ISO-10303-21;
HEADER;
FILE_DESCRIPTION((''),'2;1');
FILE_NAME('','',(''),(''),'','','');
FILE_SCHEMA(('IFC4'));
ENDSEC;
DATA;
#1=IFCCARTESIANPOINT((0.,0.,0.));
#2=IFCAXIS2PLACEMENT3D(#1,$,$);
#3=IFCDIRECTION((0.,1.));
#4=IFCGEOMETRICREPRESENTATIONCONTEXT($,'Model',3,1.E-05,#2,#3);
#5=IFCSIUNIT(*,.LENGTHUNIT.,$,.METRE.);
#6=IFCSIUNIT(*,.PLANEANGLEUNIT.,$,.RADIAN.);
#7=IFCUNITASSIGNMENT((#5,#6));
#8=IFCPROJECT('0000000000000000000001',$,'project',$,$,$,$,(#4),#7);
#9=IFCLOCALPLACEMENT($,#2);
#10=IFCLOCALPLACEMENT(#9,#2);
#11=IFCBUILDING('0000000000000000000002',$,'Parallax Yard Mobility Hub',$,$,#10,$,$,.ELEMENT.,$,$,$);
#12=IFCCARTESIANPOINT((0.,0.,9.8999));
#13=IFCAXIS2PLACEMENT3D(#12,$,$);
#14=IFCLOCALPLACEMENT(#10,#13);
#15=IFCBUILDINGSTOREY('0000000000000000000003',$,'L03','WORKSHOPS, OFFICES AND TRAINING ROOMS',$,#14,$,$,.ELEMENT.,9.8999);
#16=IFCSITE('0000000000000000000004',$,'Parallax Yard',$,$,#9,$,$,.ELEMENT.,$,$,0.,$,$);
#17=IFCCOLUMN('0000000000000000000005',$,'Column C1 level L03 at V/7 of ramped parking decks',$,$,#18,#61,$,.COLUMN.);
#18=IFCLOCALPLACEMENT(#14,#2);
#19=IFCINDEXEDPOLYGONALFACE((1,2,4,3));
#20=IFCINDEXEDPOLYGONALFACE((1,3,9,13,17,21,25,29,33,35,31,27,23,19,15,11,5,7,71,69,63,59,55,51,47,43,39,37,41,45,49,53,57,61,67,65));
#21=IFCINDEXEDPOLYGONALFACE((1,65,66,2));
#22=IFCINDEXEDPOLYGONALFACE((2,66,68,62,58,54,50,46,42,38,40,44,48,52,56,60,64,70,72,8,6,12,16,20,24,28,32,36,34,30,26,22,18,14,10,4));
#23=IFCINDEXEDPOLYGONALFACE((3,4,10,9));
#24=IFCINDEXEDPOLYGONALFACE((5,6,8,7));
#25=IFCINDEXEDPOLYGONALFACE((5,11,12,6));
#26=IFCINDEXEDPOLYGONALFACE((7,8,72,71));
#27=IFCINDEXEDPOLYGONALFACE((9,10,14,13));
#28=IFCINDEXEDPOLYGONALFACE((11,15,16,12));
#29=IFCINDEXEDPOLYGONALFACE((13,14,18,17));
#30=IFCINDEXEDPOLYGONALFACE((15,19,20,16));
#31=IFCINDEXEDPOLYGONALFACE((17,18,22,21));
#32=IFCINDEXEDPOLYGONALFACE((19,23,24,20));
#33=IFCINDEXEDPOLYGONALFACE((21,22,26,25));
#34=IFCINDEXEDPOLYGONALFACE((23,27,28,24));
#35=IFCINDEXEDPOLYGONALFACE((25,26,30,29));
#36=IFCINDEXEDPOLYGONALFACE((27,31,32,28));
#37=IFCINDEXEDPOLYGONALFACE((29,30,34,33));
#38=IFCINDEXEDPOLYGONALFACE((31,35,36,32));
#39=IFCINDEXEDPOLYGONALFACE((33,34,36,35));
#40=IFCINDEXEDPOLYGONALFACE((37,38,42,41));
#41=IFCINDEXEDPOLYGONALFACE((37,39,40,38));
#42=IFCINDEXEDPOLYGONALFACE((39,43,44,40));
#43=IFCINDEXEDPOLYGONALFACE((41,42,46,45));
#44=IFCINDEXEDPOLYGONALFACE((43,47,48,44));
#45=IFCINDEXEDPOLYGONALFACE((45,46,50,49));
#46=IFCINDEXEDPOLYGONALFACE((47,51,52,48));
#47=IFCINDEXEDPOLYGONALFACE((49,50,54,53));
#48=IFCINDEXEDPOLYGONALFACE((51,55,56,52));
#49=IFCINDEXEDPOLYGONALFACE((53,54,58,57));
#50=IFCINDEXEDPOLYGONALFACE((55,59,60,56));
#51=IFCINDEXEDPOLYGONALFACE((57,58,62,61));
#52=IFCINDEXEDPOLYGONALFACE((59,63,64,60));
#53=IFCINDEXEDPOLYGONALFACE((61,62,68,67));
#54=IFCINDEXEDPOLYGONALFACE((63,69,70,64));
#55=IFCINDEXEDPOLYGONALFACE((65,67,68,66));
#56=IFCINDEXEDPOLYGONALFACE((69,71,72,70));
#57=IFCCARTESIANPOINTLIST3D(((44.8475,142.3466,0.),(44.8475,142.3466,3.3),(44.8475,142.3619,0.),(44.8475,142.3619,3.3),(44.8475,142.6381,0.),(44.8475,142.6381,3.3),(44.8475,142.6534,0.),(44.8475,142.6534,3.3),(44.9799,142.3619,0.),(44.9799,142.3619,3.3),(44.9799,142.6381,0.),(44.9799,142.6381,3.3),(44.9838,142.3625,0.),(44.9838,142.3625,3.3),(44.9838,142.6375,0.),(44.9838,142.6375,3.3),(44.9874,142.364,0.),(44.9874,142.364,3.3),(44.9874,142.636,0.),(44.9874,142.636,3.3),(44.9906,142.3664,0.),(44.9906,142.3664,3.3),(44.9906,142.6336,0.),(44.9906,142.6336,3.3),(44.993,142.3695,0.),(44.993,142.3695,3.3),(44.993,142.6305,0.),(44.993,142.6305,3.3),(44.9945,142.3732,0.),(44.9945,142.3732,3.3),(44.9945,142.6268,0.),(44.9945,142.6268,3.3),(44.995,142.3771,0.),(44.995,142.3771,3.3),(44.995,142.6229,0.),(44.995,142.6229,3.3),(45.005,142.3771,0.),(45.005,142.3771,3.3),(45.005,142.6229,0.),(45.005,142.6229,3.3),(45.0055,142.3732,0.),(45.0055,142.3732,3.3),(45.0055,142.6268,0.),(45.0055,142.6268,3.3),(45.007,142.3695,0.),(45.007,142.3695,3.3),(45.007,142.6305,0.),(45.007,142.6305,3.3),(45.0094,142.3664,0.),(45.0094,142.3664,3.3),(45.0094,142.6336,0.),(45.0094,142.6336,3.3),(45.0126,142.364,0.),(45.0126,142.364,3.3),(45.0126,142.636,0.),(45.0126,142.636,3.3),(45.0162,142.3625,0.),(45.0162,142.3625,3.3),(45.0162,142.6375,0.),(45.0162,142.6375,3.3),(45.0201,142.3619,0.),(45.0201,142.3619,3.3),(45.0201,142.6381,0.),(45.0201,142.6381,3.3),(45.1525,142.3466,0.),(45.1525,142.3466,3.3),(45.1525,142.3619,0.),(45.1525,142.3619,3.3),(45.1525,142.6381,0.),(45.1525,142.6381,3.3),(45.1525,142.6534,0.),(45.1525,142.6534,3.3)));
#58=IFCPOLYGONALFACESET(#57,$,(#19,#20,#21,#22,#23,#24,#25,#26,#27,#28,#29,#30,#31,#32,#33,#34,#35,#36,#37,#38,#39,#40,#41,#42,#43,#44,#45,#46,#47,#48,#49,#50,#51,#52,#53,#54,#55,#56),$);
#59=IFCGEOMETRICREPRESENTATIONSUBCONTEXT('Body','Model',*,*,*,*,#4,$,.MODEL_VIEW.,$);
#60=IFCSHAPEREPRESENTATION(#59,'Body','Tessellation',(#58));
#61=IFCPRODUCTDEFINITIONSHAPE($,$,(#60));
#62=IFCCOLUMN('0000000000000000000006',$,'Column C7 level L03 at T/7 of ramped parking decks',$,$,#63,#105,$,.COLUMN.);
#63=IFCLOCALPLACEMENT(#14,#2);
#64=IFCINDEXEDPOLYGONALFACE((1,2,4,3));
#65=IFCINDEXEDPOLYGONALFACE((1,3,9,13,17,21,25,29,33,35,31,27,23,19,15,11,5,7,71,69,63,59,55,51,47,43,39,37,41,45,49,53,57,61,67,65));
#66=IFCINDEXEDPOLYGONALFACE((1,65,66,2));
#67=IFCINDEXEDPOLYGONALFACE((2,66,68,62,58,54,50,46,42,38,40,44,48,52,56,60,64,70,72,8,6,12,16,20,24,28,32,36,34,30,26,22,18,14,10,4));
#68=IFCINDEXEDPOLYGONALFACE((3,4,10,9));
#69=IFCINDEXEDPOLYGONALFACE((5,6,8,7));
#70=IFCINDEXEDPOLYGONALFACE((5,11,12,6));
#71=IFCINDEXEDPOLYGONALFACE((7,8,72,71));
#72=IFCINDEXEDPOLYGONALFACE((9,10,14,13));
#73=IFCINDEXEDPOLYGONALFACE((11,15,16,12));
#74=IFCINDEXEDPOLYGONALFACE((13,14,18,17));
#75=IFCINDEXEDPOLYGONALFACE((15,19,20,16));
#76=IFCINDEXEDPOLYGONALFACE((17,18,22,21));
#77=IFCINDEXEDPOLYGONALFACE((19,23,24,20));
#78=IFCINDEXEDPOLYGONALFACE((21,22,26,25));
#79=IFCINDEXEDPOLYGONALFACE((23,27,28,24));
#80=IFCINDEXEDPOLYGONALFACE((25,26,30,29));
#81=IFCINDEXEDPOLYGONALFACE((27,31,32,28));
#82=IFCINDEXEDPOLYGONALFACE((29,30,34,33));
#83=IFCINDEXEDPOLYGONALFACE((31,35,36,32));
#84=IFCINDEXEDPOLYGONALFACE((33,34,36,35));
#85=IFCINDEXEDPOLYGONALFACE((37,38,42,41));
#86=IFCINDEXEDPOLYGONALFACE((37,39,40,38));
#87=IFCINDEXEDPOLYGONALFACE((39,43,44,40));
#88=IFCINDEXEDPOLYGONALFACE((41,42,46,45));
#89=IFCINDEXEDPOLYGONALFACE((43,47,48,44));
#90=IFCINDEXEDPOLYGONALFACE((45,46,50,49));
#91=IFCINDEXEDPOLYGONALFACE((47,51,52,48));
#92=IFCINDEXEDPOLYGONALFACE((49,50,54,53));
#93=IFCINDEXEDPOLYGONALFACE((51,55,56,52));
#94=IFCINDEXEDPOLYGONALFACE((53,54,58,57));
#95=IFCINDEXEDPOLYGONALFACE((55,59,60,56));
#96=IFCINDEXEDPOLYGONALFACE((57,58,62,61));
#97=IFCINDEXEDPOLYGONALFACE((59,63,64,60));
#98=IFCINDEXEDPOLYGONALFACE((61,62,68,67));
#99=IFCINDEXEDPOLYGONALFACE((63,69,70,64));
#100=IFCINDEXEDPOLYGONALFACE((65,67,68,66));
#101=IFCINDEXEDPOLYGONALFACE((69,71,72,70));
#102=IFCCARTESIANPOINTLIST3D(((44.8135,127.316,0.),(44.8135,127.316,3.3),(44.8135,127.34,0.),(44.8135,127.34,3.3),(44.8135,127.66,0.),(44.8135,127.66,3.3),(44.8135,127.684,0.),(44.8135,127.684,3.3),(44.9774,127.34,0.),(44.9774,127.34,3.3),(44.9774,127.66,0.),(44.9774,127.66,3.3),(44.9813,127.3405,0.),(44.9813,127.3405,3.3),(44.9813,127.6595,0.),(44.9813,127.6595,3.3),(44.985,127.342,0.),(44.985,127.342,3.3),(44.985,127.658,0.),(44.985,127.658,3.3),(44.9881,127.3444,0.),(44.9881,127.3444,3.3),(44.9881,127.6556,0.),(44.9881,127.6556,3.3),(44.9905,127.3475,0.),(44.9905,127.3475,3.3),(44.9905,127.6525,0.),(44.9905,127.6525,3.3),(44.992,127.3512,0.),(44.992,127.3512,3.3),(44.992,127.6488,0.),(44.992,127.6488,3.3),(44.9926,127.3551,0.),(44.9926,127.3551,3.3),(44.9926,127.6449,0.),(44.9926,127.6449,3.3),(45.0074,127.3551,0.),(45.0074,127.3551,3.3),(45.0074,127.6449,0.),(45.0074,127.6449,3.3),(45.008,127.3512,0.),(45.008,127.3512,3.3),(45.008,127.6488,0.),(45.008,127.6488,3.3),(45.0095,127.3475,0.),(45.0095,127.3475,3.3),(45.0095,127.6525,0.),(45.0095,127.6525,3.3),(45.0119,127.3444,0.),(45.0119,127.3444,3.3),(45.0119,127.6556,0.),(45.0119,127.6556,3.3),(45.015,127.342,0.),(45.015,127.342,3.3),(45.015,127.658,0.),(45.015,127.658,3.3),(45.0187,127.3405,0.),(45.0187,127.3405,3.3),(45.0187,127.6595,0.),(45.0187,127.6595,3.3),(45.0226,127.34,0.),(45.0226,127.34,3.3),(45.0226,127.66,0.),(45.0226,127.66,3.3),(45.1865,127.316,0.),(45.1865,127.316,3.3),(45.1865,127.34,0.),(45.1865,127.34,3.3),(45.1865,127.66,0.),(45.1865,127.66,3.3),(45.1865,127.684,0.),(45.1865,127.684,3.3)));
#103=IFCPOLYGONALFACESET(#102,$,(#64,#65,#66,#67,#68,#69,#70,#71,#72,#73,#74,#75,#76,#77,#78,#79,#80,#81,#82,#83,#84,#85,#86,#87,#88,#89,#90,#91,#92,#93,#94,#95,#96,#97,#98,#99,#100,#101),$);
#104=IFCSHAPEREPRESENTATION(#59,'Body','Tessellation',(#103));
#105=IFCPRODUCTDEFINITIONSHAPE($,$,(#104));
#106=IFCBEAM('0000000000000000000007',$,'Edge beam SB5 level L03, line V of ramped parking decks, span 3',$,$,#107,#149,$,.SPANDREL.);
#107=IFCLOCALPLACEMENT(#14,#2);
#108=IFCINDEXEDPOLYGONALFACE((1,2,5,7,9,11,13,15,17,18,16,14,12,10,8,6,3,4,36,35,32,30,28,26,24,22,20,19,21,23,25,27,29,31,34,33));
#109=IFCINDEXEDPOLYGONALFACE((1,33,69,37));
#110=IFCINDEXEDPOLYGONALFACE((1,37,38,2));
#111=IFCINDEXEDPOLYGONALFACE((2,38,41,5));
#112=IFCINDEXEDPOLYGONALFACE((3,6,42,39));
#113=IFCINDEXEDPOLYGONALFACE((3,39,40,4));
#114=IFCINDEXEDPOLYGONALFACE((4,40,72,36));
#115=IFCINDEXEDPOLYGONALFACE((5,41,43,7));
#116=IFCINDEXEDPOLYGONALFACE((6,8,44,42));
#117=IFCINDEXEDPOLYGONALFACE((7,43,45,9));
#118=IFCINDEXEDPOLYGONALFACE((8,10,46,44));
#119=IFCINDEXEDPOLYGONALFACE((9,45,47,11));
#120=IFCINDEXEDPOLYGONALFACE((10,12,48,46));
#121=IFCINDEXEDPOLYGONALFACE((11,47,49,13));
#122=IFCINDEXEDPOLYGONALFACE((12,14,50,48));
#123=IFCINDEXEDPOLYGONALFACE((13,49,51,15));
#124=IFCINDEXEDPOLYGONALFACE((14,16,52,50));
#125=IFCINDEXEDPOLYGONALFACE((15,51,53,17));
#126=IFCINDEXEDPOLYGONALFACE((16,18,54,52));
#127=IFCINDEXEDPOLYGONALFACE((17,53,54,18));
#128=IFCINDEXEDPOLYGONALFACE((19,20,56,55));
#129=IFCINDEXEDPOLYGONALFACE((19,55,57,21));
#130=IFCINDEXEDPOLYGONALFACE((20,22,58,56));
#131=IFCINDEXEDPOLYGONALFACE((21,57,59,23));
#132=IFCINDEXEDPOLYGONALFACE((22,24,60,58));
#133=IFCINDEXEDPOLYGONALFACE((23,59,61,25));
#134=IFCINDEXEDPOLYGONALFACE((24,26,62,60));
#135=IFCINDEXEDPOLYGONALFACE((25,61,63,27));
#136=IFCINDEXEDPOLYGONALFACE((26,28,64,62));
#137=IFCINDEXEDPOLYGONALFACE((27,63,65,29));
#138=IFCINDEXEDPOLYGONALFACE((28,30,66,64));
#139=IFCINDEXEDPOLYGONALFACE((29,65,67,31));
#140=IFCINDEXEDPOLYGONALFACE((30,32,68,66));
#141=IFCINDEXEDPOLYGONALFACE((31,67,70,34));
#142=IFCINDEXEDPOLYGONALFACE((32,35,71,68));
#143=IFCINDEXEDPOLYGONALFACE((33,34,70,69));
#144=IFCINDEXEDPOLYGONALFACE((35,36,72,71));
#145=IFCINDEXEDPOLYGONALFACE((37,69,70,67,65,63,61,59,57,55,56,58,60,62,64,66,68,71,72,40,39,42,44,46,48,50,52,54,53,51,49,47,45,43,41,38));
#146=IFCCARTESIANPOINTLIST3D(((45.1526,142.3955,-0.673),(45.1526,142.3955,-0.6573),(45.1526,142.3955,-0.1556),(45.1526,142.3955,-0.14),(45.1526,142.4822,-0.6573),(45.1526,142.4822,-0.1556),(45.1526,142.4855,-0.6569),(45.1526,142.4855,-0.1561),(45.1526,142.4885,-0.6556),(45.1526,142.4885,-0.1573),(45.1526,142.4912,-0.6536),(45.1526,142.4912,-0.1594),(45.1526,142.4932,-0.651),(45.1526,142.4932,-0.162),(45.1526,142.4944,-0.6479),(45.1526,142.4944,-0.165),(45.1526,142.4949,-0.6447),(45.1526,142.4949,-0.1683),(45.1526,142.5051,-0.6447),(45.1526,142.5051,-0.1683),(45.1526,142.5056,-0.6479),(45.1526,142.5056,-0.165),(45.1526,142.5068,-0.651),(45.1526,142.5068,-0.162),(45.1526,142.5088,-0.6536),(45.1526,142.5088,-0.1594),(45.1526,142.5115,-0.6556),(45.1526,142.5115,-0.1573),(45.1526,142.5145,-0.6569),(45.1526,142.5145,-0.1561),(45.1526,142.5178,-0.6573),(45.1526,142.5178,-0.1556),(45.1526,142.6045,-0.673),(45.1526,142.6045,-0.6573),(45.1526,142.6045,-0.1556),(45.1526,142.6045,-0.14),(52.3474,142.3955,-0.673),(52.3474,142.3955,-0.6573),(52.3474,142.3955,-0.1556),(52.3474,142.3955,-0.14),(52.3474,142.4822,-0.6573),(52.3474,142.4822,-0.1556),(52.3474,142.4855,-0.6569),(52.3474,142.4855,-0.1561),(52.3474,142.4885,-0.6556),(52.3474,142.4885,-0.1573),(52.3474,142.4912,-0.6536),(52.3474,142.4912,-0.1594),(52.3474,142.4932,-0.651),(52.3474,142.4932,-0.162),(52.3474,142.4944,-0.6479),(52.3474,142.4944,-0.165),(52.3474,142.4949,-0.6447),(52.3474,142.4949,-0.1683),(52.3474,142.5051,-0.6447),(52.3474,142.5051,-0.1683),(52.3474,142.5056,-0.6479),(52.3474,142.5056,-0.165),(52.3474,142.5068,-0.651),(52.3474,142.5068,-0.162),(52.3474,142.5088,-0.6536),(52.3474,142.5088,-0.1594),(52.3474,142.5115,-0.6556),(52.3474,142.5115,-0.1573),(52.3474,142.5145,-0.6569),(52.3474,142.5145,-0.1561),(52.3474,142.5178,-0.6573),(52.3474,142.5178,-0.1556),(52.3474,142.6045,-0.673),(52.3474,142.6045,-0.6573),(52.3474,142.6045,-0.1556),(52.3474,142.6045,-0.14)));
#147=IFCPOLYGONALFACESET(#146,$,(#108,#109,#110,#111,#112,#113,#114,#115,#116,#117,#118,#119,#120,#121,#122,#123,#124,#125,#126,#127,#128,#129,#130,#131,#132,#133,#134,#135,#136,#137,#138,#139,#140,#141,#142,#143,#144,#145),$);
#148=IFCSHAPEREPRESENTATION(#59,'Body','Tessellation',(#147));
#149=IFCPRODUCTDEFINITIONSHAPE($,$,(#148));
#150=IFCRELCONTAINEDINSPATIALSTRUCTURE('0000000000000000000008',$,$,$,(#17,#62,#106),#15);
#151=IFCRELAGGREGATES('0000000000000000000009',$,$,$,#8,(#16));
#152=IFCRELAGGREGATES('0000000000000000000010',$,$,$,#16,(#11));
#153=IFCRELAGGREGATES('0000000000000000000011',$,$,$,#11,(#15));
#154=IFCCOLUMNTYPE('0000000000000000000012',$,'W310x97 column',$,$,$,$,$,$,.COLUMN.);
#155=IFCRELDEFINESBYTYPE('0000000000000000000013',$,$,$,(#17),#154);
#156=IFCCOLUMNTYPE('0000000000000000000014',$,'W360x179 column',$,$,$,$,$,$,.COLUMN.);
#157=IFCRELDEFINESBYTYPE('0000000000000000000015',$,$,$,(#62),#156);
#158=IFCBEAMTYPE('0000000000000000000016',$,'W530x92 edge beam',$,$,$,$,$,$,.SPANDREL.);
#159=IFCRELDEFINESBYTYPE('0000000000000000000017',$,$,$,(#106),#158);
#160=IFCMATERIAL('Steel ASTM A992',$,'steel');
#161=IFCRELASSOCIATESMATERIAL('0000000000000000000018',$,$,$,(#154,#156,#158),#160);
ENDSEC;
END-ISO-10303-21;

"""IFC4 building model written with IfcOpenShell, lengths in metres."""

from ifc_helpers import new_model, si_unit, direction, frame, origin, origin_2d, place, context, subcontext, project, spatial, i_section, extrude, material, material_profile, profile_set, type_object, element, save


model = new_model("IFC4")

# Units and contexts
model_context = context("Model", 3, precision=1e-05, world=origin(), true_north=direction((0.0, 1.0)))
body_context = subcontext(model_context, "Body", "Model", "MODEL_VIEW")
ifc_project = project(units=[si_unit("LENGTHUNIT", "METRE"), si_unit("PLANEANGLEUNIT", "RADIAN")], contexts=[model_context])

# Site, building, storey
site_placement = place(None, origin())
site = spatial("IfcSite", under=ifc_project, at=site_placement, Name="Parallax Yard", CompositionType="ELEMENT", RefElevation=0.0)
building_placement = place(site_placement, origin())
building = spatial("IfcBuilding", under=site, at=building_placement, Name="Parallax Yard Mobility Hub", CompositionType="ELEMENT")
storey_placement = place(building_placement, frame((0.0, 0.0, 9.8999)))
storey = spatial("IfcBuildingStorey", under=building, at=storey_placement, Name="L03", Description="WORKSHOPS, OFFICES AND TRAINING ROOMS", CompositionType="ELEMENT", Elevation=9.8999)

# Columns
ifc_material_1 = material(Name="Steel ASTM A992", Category="steel")
ifc_material_profile_1 = material_profile(ifc_material_1, i_section(OverallWidth=0.3049, OverallDepth=0.3069, WebThickness=0.01, FlangeThickness=0.0154, FilletRadius=0.0151, at=origin_2d()), Name="W310x97")
ifc_profile_set_1 = profile_set([ifc_material_profile_1], Name="Steel ASTM A992")
column_type_1 = type_object("IfcColumnType", Name="W310x97 column", PredefinedType="COLUMN", material=ifc_profile_set_1)
column_1_placement = place(storey_placement, frame((45.0, 142.5, 0.0), z_axis=(0.0, 0.0, 1.0), x_axis=(1.0, 0.0, 0.0)))
element("IfcColumn", 1, at=column_1_placement, inside=storey, type_object=column_type_1, Name="Column C1 level L03 at V/7 of ramped parking decks", PredefinedType="COLUMN", context=body_context, shape_type="SweptSolid", body=[
    extrude(i_section(OverallWidth=0.3049, OverallDepth=0.3069, WebThickness=0.01, FlangeThickness=0.0154, FilletRadius=0.0151, at=origin_2d()), origin(), (0.0, 0.0, 1.0), 3.3),
])
ifc_material_profile_2 = material_profile(ifc_material_1, i_section(OverallWidth=0.373, OverallDepth=0.3679, WebThickness=0.0149, FlangeThickness=0.0239, FilletRadius=0.0151, at=origin_2d()), Name="W360x179")
ifc_profile_set_2 = profile_set([ifc_material_profile_2], Name="Steel ASTM A992")
column_type_2 = type_object("IfcColumnType", Name="W360x179 column", PredefinedType="COLUMN", material=ifc_profile_set_2)
column_2_placement = place(storey_placement, frame((45.0, 127.5, 0.0), z_axis=(0.0, 0.0, 1.0), x_axis=(1.0, 0.0, 0.0)))
element("IfcColumn", 2, at=column_2_placement, inside=storey, type_object=column_type_2, Name="Column C7 level L03 at T/7 of ramped parking decks", PredefinedType="COLUMN", context=body_context, shape_type="SweptSolid", body=[
    extrude(i_section(OverallWidth=0.373, OverallDepth=0.3679, WebThickness=0.0149, FlangeThickness=0.0239, FilletRadius=0.0151, at=origin_2d()), origin(), (0.0, 0.0, 1.0), 3.3),
])

# Beam
ifc_material_profile_3 = material_profile(ifc_material_1, i_section(OverallWidth=0.209, OverallDepth=0.533, WebThickness=0.0103, FlangeThickness=0.0156, FilletRadius=0.0127, at=origin_2d()), Name="W530x92")
ifc_profile_set_3 = profile_set([ifc_material_profile_3], Name="Steel ASTM A992")
beam_type_1 = type_object("IfcBeamType", Name="W530x92 edge beam", PredefinedType="SPANDREL", material=ifc_profile_set_3)
beam_1_placement = place(storey_placement, frame((45.1526, 142.5, -0.4065), z_axis=(1.0, 0.0, 0.0), x_axis=(0.0, 1.0, 0.0)))
element("IfcBeam", 3, at=beam_1_placement, inside=storey, type_object=beam_type_1, Name="Edge beam SB5 level L03, line V of ramped parking decks, span 3", PredefinedType="SPANDREL", context=body_context, shape_type="SweptSolid", body=[
    extrude(i_section(OverallWidth=0.209, OverallDepth=0.533, WebThickness=0.0103, FlangeThickness=0.0156, FilletRadius=0.0127, at=origin_2d()), origin(), (0.0, 0.0, 1.0), 7.1948),
])

save(model, "model.ifc")
